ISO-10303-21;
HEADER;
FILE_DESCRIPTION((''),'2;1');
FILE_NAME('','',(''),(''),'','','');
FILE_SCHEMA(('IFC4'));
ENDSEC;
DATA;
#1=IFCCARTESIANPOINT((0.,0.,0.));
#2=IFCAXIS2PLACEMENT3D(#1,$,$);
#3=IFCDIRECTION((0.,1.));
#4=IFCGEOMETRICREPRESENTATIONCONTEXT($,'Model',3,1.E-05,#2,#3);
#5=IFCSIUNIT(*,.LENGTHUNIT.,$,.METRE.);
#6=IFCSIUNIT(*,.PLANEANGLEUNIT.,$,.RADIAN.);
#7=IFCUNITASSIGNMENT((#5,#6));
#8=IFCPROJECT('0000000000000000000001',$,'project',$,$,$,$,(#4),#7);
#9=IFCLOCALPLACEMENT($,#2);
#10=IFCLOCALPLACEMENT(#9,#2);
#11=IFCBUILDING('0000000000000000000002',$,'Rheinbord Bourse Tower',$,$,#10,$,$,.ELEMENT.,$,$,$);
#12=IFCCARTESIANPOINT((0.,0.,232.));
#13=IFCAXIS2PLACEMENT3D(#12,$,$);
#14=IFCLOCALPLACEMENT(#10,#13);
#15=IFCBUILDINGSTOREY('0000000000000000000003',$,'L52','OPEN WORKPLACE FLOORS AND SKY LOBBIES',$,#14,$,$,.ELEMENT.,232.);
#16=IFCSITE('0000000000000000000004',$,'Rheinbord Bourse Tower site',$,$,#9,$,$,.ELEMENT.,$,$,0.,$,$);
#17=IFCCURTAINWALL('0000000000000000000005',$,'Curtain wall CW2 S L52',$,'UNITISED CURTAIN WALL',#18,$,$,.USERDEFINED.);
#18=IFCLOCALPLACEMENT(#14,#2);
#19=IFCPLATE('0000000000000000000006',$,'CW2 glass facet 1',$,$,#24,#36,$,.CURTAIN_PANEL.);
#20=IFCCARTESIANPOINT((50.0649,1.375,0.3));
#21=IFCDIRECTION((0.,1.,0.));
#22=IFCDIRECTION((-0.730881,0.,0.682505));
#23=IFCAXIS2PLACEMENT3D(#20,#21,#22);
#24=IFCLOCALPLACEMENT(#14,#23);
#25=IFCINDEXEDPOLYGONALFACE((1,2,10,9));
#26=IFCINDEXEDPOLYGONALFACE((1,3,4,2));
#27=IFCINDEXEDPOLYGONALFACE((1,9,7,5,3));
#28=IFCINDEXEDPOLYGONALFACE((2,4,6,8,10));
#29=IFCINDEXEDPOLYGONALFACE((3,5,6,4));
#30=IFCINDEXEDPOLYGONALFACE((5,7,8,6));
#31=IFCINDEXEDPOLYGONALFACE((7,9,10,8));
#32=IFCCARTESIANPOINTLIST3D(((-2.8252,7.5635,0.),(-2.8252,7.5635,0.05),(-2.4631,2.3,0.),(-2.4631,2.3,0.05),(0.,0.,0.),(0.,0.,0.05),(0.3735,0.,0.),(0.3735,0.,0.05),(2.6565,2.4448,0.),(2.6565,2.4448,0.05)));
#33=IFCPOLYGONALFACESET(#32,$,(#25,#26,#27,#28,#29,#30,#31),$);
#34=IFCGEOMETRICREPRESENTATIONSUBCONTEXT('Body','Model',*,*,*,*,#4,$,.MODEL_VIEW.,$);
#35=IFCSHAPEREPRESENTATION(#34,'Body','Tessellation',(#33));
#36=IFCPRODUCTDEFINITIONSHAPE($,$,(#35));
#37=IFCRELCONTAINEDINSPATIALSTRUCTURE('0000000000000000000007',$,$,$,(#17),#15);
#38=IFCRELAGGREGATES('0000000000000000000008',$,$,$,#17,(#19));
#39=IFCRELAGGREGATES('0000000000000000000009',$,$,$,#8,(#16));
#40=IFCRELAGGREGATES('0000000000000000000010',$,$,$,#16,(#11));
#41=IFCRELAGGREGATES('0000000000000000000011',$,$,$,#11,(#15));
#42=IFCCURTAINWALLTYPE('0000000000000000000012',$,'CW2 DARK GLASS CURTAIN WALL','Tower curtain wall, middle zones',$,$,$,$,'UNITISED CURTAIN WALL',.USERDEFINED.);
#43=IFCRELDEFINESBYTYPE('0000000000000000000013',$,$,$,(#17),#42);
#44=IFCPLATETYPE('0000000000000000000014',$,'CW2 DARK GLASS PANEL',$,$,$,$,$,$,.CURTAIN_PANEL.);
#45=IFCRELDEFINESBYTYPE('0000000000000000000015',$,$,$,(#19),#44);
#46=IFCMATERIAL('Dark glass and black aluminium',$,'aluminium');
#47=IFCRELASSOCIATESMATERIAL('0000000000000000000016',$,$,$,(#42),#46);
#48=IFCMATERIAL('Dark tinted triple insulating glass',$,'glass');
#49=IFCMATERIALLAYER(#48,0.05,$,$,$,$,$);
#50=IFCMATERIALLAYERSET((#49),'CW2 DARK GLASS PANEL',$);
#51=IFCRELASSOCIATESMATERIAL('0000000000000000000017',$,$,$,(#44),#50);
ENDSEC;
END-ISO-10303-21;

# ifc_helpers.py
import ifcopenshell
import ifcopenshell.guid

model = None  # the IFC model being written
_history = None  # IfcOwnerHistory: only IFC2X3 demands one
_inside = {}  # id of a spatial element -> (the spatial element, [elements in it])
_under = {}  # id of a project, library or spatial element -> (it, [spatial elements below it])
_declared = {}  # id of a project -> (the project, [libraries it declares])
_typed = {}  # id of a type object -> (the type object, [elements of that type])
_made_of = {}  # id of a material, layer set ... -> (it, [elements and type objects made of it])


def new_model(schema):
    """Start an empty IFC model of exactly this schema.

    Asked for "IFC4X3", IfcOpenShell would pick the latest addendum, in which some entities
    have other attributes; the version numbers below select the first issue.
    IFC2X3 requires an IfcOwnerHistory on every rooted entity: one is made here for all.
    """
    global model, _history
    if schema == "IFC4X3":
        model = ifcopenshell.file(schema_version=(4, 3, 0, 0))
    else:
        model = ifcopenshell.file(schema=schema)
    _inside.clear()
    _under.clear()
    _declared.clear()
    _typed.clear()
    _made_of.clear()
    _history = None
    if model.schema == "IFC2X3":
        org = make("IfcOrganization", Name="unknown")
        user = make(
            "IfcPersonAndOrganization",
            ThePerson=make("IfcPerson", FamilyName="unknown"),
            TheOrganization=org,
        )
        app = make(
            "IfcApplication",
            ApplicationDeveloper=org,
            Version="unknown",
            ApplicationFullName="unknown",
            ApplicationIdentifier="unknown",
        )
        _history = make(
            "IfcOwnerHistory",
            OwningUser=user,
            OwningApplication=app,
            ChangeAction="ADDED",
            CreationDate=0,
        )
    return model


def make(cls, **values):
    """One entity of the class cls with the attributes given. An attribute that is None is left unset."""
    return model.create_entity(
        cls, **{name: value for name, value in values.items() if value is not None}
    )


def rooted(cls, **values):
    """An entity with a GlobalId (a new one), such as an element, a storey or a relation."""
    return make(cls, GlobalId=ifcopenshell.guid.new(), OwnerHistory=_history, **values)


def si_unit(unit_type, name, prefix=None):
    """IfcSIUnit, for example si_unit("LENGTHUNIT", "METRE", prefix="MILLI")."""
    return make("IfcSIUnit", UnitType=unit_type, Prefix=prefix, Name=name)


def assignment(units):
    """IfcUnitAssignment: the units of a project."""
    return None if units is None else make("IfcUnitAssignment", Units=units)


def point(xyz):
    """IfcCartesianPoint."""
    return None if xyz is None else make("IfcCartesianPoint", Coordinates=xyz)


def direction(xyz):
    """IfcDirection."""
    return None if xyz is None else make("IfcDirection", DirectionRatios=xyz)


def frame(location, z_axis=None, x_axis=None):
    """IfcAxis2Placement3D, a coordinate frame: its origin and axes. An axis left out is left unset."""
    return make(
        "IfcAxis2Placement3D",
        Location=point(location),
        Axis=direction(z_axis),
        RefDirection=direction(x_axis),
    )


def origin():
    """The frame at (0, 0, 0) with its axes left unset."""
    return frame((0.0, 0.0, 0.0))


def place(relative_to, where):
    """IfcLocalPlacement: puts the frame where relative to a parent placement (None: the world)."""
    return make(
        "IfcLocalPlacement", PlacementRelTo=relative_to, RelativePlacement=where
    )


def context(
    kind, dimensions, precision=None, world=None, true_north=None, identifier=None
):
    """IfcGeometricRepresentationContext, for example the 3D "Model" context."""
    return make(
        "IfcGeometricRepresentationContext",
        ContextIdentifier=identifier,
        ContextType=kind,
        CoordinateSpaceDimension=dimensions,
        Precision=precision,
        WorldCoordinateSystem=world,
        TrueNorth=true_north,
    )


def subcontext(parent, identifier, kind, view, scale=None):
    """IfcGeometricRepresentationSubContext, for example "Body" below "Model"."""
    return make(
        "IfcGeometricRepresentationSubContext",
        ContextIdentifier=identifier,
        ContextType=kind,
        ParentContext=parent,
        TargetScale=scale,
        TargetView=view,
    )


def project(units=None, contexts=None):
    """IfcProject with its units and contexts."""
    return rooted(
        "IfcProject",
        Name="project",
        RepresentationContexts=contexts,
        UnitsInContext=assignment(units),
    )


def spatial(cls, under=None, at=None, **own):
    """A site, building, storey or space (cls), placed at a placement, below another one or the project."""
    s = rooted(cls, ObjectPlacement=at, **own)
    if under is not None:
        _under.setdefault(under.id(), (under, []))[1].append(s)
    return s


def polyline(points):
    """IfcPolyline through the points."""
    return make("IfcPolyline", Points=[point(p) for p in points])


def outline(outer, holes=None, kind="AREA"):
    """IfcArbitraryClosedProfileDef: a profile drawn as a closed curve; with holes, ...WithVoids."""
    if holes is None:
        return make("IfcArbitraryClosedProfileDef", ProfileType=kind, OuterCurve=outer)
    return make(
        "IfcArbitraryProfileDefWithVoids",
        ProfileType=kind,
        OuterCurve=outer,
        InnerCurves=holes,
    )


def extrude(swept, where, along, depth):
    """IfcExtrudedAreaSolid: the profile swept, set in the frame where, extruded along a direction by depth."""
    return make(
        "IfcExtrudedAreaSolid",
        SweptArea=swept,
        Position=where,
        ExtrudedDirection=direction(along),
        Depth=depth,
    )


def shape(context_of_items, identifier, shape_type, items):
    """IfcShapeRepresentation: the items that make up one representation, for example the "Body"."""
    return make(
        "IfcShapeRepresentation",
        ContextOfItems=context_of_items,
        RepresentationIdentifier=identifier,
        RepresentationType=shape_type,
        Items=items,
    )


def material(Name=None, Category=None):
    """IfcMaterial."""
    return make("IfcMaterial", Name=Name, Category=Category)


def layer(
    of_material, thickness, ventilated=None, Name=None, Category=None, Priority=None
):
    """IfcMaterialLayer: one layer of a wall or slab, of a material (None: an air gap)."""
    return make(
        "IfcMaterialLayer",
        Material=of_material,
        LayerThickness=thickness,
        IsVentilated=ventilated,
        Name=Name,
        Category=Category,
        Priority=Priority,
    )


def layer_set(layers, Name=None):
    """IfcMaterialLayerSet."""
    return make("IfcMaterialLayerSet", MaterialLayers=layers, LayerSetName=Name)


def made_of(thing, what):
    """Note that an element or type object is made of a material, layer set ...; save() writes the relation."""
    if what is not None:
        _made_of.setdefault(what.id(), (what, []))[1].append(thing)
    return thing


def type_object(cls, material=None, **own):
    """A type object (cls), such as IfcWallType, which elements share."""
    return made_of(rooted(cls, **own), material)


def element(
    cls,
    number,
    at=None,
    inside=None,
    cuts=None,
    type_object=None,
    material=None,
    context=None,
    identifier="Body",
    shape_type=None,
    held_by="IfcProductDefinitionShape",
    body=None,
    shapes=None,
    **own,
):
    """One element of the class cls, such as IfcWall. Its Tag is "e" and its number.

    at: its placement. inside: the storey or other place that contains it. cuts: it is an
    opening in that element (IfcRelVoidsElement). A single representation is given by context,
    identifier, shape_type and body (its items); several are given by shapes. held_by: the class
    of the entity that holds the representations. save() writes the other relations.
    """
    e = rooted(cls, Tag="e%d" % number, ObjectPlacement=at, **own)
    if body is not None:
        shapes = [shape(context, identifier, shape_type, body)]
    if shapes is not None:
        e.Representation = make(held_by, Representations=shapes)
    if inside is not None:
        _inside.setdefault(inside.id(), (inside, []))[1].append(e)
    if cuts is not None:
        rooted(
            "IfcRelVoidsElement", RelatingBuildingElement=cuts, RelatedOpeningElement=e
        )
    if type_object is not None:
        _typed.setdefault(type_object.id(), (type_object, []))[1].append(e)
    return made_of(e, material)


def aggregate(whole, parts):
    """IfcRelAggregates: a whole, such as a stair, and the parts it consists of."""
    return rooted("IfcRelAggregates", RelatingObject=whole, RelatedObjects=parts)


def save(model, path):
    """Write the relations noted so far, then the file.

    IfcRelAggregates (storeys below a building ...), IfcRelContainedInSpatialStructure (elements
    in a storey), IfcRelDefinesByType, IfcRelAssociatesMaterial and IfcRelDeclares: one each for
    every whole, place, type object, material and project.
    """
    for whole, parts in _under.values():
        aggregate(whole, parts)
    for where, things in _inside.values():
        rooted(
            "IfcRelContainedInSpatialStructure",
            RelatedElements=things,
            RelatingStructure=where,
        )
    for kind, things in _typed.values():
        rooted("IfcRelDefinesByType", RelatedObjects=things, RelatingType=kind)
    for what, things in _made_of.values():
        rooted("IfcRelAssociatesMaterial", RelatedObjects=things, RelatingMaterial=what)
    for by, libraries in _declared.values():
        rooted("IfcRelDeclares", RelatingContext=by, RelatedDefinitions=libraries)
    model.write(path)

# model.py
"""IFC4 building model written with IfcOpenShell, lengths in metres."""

from ifc_helpers import new_model, si_unit, direction, frame, origin, place, context, subcontext, project, spatial, polyline, outline, extrude, material, layer, layer_set, type_object, element, aggregate, save


model = new_model("IFC4")

# Units and contexts
model_context = context("Model", 3, precision=1e-05, world=origin(), true_north=direction((0.0, 1.0)))
body_context = subcontext(model_context, "Body", "Model", "MODEL_VIEW")
ifc_project = project(units=[si_unit("LENGTHUNIT", "METRE"), si_unit("PLANEANGLEUNIT", "RADIAN")], contexts=[model_context])

# Site, building, storey
site_placement = place(None, origin())
site = spatial("IfcSite", under=ifc_project, at=site_placement, Name="Rheinbord Bourse Tower site", CompositionType="ELEMENT", RefElevation=0.0)
building_placement = place(site_placement, origin())
building = spatial("IfcBuilding", under=site, at=building_placement, Name="Rheinbord Bourse Tower", CompositionType="ELEMENT")
storey_placement = place(building_placement, frame((0.0, 0.0, 232.0)))
storey = spatial("IfcBuildingStorey", under=building, at=storey_placement, Name="L52", Description="OPEN WORKPLACE FLOORS AND SKY LOBBIES", CompositionType="ELEMENT", Elevation=232.0)

# Curtain wall
ifc_material_1 = material(Name="Dark glass and black aluminium", Category="aluminium")
curtain_wall_type = type_object("IfcCurtainWallType", Name="CW2 DARK GLASS CURTAIN WALL", Description="Tower curtain wall, middle zones", ElementType="UNITISED CURTAIN WALL", PredefinedType="USERDEFINED", material=ifc_material_1)
curtain_wall_placement = place(storey_placement, origin())
curtain_wall = element("IfcCurtainWall", 1, at=curtain_wall_placement, inside=storey, type_object=curtain_wall_type, Name="Curtain wall CW2 S L52", ObjectType="UNITISED CURTAIN WALL", PredefinedType="USERDEFINED")

# Plate
ifc_material_2 = material(Name="Dark tinted triple insulating glass", Category="glass")
ifc_layer = layer(ifc_material_2, 0.05)
ifc_layer_set = layer_set([ifc_layer], Name="CW2 DARK GLASS PANEL")
plate_type = type_object("IfcPlateType", Name="CW2 DARK GLASS PANEL", PredefinedType="CURTAIN_PANEL", material=ifc_layer_set)
plate_1_placement = place(storey_placement, frame((50.0649, 1.375, 0.3), z_axis=(0.0, 1.0, 0.0), x_axis=(-0.730881, 0.0, 0.682505)))
plate_1 = element("IfcPlate", 2, at=plate_1_placement, type_object=plate_type, Name="CW2 glass facet 1", PredefinedType="CURTAIN_PANEL", context=body_context, shape_type="SweptSolid", body=[
    extrude(outline(polyline([(0.0, 0.0), (0.3735, 0.0), (2.6565, 2.4448), (-2.8252, 7.5635), (-2.4631, 2.3), (0.0, 0.0)])), origin(), (0.0, 0.0, 1.0), 0.05),
])
aggregate(curtain_wall, [plate_1])

save(model, "model.ifc")
